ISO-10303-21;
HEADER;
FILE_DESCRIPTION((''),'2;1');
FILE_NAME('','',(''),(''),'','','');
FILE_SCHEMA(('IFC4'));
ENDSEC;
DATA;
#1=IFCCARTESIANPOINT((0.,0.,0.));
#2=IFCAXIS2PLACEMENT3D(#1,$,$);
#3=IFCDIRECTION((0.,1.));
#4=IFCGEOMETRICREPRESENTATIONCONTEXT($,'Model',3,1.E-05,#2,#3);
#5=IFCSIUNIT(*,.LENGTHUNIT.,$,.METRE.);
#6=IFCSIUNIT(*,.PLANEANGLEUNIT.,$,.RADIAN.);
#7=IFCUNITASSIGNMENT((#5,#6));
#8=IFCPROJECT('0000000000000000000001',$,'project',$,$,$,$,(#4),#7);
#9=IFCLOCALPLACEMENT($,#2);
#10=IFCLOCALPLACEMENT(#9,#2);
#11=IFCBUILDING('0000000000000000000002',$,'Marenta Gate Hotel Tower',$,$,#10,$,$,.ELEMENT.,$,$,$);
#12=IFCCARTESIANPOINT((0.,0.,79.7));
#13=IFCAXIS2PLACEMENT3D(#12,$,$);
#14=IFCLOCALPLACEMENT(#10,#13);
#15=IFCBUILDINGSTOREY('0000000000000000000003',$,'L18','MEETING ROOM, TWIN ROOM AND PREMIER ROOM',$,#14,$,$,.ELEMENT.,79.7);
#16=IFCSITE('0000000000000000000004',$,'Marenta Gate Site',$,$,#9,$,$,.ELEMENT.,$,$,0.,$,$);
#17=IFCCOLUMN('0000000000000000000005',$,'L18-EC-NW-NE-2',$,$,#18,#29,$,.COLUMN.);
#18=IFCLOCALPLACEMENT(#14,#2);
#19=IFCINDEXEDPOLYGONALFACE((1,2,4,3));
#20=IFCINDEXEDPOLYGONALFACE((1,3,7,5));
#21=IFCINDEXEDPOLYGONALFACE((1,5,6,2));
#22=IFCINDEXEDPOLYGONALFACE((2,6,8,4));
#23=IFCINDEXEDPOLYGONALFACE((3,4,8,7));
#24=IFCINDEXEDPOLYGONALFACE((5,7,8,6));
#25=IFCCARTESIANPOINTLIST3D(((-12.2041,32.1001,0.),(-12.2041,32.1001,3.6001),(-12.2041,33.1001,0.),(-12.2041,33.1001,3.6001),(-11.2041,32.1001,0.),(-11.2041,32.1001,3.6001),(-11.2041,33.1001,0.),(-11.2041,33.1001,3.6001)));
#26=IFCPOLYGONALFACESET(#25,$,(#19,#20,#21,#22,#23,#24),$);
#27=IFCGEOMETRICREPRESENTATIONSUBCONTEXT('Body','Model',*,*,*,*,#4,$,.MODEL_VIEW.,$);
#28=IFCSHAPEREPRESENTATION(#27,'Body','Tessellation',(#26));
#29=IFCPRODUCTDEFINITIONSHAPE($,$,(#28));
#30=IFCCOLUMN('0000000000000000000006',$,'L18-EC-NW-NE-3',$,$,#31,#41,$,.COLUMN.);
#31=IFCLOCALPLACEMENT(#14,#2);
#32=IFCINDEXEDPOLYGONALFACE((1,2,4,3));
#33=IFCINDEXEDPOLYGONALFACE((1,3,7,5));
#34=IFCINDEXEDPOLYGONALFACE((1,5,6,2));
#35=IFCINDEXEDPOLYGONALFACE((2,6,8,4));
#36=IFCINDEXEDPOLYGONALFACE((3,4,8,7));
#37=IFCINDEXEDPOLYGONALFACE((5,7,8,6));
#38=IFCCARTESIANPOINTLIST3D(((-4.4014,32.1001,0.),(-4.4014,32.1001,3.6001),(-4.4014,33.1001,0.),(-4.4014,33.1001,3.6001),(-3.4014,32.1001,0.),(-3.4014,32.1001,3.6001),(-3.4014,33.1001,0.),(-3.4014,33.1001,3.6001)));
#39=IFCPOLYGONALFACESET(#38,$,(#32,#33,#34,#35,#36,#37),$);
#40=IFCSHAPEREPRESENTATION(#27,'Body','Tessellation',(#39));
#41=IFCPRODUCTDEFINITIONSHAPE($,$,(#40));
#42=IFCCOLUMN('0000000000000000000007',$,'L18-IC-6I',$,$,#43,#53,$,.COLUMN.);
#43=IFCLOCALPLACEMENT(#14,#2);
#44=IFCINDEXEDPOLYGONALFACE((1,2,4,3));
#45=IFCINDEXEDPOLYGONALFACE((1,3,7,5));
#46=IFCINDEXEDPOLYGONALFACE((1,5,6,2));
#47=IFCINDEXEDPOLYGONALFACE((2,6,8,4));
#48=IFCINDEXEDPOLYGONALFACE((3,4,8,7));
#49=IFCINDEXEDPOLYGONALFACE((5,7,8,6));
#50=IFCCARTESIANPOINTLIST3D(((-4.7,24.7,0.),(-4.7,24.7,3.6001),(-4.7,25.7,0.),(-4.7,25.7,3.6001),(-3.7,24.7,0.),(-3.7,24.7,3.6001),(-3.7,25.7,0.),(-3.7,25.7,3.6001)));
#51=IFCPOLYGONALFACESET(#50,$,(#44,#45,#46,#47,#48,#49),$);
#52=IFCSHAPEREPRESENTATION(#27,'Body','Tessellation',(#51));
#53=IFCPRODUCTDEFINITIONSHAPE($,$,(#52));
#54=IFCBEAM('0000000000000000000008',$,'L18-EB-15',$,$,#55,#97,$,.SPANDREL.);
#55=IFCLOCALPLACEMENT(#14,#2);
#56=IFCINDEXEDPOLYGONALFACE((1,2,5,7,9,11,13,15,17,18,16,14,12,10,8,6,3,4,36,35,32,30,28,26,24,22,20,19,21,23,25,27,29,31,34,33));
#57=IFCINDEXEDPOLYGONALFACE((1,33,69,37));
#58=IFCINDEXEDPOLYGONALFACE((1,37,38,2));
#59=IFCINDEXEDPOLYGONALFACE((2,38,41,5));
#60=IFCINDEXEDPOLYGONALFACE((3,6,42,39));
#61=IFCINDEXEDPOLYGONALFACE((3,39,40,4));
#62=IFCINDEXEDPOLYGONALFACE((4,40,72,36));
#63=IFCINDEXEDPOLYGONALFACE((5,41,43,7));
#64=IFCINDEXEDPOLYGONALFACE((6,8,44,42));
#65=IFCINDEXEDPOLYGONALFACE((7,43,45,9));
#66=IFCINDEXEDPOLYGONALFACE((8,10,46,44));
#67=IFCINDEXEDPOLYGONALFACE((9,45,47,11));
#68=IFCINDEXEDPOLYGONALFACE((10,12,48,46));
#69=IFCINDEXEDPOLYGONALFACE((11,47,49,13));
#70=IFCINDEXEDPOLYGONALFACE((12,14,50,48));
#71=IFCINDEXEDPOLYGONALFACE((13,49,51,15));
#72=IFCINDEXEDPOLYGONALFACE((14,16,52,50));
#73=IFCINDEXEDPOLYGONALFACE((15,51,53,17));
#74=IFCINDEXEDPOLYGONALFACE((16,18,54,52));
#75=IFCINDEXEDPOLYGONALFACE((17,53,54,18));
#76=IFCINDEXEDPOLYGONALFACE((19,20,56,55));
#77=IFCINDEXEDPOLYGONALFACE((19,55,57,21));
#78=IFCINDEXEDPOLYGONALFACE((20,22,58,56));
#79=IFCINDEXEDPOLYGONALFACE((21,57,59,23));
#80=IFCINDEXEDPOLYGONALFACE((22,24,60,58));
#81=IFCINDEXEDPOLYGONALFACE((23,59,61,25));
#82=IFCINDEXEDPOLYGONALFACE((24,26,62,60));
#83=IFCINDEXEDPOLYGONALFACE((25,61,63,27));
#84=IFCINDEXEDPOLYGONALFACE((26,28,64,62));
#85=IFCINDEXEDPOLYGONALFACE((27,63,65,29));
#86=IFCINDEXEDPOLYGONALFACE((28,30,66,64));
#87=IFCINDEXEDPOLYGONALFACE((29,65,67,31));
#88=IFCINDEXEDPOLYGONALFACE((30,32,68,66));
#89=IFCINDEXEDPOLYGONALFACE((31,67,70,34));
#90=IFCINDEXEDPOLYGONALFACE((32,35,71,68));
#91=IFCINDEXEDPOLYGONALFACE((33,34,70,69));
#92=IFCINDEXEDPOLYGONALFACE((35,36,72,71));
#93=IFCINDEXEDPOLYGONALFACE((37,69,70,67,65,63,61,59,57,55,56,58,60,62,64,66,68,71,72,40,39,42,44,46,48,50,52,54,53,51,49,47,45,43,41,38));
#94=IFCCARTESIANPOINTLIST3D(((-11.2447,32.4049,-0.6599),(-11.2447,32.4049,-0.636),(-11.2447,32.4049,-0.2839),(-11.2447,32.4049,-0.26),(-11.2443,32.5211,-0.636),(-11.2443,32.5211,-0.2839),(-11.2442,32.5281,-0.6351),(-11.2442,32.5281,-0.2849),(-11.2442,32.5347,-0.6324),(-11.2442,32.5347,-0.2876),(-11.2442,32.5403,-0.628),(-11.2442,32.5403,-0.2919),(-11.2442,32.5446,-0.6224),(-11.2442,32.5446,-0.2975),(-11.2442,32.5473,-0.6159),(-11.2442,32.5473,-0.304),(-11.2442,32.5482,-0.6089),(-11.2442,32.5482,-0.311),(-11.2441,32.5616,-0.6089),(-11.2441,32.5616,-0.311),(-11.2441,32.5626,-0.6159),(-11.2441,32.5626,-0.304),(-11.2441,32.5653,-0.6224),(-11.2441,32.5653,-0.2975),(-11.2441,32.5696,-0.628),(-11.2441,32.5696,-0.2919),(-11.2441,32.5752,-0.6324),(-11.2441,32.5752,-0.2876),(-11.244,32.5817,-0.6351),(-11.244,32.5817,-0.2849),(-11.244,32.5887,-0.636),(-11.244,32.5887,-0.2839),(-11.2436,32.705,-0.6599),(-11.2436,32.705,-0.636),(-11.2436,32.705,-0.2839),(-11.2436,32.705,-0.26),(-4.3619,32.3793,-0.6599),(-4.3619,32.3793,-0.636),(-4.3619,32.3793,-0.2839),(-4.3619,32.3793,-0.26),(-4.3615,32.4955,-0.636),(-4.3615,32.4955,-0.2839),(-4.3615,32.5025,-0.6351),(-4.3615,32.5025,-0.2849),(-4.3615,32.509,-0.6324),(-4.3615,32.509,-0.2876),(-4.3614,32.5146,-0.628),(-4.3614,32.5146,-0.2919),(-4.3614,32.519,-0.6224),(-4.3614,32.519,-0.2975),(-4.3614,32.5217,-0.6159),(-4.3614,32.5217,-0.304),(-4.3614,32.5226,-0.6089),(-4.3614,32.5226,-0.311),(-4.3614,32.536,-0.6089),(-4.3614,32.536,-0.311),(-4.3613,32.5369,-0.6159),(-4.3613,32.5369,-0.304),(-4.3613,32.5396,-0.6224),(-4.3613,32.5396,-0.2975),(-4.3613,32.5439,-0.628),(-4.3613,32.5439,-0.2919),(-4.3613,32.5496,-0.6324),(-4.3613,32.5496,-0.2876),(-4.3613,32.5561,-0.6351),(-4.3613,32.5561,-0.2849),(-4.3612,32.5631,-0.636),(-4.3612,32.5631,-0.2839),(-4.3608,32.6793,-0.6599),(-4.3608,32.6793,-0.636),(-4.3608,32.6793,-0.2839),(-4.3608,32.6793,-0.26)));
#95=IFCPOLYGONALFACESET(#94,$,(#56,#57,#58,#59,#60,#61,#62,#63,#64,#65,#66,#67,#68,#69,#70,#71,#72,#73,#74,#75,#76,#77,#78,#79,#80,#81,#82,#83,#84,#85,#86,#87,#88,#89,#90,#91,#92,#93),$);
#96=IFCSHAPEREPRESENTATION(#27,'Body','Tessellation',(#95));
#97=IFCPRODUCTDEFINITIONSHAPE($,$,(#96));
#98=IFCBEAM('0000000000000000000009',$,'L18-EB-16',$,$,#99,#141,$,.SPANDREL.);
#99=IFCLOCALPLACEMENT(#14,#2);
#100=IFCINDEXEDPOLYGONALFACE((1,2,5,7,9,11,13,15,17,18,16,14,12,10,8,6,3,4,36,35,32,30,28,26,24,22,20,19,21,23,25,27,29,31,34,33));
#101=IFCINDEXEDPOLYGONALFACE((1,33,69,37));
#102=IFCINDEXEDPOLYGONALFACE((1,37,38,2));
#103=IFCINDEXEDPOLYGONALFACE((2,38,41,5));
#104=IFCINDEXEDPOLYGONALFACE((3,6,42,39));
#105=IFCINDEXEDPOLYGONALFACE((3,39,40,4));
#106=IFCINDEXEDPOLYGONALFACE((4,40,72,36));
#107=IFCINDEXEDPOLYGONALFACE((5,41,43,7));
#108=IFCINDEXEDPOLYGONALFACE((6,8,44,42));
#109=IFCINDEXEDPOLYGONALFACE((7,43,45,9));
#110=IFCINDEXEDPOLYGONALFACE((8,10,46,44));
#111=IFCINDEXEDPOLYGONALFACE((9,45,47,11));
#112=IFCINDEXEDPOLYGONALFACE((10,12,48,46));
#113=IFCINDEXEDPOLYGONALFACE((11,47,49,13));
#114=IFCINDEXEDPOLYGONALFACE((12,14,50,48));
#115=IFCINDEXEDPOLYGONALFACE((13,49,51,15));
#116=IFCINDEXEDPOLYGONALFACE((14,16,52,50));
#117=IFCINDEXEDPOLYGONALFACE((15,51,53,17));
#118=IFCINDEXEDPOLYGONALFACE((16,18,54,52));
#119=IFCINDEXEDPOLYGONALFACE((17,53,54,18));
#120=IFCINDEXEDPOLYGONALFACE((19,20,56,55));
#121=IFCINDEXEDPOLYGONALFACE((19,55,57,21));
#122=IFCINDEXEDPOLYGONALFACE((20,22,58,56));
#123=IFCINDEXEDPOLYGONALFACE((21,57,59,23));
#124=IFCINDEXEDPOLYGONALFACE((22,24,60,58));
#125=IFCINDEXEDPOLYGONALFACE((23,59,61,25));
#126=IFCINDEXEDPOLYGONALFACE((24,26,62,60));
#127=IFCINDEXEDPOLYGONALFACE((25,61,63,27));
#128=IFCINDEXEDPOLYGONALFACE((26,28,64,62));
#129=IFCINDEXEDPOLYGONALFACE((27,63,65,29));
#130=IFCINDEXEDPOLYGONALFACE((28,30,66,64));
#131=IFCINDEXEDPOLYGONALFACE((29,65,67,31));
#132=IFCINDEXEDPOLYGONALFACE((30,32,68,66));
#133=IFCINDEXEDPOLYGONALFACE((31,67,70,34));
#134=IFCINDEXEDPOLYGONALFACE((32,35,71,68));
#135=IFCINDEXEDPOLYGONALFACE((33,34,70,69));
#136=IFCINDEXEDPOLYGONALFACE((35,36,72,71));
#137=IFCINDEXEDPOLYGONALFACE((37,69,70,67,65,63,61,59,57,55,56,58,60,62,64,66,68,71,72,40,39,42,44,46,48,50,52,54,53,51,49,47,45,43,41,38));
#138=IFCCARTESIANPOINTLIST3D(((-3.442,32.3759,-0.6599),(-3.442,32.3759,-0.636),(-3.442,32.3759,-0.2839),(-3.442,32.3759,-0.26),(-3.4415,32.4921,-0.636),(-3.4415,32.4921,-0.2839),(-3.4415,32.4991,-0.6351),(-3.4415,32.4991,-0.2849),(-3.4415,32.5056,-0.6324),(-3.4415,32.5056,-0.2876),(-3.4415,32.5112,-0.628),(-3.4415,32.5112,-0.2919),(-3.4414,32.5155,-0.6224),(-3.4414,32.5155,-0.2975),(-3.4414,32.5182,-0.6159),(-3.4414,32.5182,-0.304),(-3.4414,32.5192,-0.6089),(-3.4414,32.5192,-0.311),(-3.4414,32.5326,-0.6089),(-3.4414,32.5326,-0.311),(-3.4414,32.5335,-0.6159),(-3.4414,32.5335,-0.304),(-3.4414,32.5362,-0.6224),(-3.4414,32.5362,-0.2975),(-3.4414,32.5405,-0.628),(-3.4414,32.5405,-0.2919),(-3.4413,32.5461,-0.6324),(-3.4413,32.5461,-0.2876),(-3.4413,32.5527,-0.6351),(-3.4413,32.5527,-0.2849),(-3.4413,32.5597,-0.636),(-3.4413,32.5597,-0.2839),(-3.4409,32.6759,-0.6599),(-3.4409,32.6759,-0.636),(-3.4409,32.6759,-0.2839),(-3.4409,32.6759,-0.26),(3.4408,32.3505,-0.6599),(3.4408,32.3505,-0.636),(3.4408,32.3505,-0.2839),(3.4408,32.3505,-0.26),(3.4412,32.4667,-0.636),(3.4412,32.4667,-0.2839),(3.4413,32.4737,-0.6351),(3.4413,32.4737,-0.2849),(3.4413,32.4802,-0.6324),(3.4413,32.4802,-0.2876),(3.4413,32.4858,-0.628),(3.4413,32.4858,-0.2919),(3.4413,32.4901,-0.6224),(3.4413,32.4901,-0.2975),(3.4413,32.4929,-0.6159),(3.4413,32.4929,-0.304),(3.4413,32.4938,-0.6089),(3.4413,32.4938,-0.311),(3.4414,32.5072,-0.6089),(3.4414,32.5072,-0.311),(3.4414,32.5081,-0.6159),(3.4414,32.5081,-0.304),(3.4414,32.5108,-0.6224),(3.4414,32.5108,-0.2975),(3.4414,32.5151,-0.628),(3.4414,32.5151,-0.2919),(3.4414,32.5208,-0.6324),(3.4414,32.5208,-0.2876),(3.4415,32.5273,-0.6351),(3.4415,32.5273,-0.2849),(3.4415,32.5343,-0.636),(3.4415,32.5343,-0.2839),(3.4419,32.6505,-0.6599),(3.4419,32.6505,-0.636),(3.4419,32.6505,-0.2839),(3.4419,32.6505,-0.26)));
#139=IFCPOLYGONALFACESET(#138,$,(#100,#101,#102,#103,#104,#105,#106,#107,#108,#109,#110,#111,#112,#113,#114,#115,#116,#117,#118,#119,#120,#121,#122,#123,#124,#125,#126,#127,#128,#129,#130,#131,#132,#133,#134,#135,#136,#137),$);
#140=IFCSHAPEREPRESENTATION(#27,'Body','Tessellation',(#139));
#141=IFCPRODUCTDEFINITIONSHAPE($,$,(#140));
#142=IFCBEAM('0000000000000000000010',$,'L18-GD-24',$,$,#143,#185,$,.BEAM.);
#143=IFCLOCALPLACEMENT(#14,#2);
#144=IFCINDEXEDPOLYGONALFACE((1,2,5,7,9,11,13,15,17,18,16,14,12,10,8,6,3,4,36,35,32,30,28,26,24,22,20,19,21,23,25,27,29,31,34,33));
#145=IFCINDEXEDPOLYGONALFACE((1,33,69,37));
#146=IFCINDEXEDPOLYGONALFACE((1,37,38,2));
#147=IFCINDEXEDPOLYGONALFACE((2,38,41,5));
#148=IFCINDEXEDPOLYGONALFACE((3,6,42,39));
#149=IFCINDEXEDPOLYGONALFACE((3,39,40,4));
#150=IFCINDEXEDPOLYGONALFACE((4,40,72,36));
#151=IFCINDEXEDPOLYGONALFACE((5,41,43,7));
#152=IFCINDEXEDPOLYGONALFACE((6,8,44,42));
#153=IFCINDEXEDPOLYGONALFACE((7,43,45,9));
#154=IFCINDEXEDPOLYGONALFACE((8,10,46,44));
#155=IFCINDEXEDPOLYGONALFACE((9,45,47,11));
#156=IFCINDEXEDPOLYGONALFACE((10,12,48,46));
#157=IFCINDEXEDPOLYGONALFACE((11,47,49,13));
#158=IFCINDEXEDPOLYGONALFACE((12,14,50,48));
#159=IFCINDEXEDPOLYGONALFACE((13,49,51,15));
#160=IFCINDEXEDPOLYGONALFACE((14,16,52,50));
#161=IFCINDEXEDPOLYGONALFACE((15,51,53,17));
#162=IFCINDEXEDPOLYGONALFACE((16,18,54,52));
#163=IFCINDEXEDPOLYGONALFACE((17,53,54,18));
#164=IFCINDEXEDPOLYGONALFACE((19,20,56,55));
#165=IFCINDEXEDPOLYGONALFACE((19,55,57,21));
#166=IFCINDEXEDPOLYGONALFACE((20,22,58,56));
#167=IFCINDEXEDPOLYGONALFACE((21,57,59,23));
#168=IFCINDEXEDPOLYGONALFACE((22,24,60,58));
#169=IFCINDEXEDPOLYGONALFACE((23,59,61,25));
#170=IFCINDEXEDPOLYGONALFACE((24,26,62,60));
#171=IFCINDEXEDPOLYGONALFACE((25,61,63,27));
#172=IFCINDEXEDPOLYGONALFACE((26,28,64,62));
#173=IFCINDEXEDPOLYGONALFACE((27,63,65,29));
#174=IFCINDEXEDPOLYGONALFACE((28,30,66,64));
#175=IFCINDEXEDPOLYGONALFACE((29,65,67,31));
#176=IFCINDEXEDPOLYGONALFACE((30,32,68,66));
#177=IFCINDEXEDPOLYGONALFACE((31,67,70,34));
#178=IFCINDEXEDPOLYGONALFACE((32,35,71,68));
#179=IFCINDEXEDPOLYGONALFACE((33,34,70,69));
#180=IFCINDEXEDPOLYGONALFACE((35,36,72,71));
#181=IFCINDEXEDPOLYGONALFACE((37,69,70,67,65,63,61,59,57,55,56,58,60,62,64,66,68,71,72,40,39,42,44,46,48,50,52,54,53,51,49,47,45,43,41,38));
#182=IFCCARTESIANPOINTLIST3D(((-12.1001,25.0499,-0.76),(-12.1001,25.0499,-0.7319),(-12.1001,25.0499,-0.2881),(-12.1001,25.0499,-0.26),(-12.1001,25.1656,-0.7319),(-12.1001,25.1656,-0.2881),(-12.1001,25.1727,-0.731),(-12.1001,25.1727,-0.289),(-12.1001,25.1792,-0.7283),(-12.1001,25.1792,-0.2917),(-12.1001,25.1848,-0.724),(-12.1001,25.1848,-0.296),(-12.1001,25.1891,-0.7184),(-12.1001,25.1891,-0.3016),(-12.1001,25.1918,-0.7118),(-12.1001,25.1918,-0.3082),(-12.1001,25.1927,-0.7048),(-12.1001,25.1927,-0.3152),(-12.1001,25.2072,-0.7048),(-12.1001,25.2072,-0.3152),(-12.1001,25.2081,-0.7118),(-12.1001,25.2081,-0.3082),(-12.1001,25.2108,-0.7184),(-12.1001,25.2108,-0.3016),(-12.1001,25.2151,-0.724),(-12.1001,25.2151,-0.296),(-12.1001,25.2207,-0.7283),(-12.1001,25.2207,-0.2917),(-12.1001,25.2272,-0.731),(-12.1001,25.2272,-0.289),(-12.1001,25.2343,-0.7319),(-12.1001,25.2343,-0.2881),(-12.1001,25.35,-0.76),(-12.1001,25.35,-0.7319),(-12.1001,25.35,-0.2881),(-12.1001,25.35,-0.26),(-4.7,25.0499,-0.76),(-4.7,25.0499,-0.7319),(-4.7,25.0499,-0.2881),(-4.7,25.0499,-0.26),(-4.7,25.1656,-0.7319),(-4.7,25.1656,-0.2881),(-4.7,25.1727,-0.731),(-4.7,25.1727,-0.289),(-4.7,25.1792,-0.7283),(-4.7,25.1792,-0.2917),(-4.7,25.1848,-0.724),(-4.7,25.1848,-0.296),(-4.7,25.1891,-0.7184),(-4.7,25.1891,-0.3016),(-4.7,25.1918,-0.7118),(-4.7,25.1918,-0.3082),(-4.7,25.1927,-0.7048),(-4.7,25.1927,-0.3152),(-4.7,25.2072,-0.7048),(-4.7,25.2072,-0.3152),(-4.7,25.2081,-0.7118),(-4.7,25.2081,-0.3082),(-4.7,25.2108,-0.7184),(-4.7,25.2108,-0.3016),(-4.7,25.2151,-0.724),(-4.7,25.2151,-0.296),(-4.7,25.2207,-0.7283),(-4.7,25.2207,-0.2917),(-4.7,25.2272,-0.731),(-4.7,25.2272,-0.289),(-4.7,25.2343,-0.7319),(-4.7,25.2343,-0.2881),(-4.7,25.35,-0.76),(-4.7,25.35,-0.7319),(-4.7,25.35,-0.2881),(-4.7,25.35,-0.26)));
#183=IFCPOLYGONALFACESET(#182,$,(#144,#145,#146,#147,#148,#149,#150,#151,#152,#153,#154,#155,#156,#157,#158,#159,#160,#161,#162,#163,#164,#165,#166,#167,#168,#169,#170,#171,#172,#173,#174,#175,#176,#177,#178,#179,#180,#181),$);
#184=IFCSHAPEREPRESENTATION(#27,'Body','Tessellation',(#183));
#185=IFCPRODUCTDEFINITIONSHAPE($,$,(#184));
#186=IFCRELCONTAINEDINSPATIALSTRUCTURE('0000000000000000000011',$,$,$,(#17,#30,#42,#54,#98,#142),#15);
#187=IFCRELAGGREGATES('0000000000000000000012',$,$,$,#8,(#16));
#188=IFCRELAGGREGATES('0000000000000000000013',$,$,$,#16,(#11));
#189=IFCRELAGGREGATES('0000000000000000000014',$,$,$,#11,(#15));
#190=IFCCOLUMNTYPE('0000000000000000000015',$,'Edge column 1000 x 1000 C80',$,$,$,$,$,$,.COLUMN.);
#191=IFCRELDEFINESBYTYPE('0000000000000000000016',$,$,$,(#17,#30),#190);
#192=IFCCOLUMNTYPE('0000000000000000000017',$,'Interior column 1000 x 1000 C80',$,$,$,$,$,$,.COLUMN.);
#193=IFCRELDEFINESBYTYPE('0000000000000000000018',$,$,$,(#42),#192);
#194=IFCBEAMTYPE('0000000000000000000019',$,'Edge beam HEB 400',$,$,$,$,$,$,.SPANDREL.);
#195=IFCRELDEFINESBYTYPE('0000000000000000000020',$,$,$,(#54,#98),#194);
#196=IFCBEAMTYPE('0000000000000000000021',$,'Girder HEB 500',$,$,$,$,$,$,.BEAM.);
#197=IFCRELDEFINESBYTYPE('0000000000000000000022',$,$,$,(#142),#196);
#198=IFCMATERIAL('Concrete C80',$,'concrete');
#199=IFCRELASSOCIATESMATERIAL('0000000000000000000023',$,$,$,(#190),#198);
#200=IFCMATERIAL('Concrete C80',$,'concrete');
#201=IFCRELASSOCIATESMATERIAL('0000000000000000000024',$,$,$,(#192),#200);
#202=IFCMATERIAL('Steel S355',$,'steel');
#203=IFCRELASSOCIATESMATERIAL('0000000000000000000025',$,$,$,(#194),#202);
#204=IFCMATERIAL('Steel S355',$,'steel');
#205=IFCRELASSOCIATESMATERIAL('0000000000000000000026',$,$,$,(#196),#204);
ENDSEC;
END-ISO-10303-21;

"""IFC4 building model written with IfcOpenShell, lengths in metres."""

from ifc_helpers import new_model, si_unit, direction, frame, origin, origin_2d, place, context, subcontext, project, spatial, rectangle, i_section, extrude, material, material_profile, profile_set, type_object, element, save


model = new_model("IFC4")

# Units and contexts
model_context = context("Model", 3, precision=1e-05, world=origin(), true_north=direction((0.0, 1.0)))
body_context = subcontext(model_context, "Body", "Model", "MODEL_VIEW")
ifc_project = project(units=[si_unit("LENGTHUNIT", "METRE"), si_unit("PLANEANGLEUNIT", "RADIAN")], contexts=[model_context])

# Site, building, storey
site_placement = place(None, origin())
site = spatial("IfcSite", under=ifc_project, at=site_placement, Name="Marenta Gate Site", CompositionType="ELEMENT", RefElevation=0.0)
building_placement = place(site_placement, origin())
building = spatial("IfcBuilding", under=site, at=building_placement, Name="Marenta Gate Hotel Tower", CompositionType="ELEMENT")
storey_placement = place(building_placement, frame((0.0, 0.0, 79.7)))
storey = spatial("IfcBuildingStorey", under=building, at=storey_placement, Name="L18", Description="MEETING ROOM, TWIN ROOM AND PREMIER ROOM", CompositionType="ELEMENT", Elevation=79.7)

# Columns
ifc_material_1 = material(Name="Concrete C80", Category="concrete")
ifc_material_profile_1 = material_profile(ifc_material_1, rectangle(XDim=1.0, YDim=1.0, at=origin_2d()), Name="1000 x 1000")
ifc_profile_set_1 = profile_set([ifc_material_profile_1], Name="Concrete C80")
column_type_1 = type_object("IfcColumnType", Name="Edge column 1000 x 1000 C80", PredefinedType="COLUMN", material=ifc_profile_set_1)
for number, where, z_axis, x_axis, name in (
    (1, (-11.7041, 32.6001, 0.0), (0.0, 0.0, 1.0), (1.0, 0.0, 0.0), "L18-EC-NW-NE-2"),
    (2, (-3.9014, 32.6001, 0.0), (0.0, 0.0, 1.0), (1.0, 0.0, 0.0), "L18-EC-NW-NE-3"),
):
    element("IfcColumn", number, at=place(storey_placement, frame(where, z_axis=z_axis, x_axis=x_axis)), inside=storey, type_object=column_type_1, Name=name, PredefinedType="COLUMN", context=body_context, shape_type="SweptSolid", body=[
        extrude(rectangle(XDim=1.0, YDim=1.0, at=origin_2d()), origin(), (0.0, 0.0, 1.0), 3.6001),
    ])
ifc_material_2 = material(Name="Concrete C80", Category="concrete")
ifc_material_profile_2 = material_profile(ifc_material_2, rectangle(XDim=1.0, YDim=1.0, at=origin_2d()), Name="1000 x 1000")
ifc_profile_set_2 = profile_set([ifc_material_profile_2], Name="Concrete C80")
column_type_2 = type_object("IfcColumnType", Name="Interior column 1000 x 1000 C80", PredefinedType="COLUMN", material=ifc_profile_set_2)
column_placement = place(storey_placement, frame((-4.2, 25.2, 0.0), z_axis=(0.0, 0.0, 1.0), x_axis=(1.0, 0.0, 0.0)))
element("IfcColumn", 3, at=column_placement, inside=storey, type_object=column_type_2, Name="L18-IC-6I", PredefinedType="COLUMN", context=body_context, shape_type="SweptSolid", body=[
    extrude(rectangle(XDim=1.0, YDim=1.0, at=origin_2d()), origin(), (0.0, 0.0, 1.0), 3.6001),
])

# Beams
ifc_material_3 = material(Name="Steel S355", Category="steel")
ifc_material_profile_3 = material_profile(ifc_material_3, i_section(OverallWidth=0.3, OverallDepth=0.3999, WebThickness=0.0134, FlangeThickness=0.0239, FilletRadius=0.0271, at=origin_2d()), Name="HEB 400")
ifc_profile_set_3 = profile_set([ifc_material_profile_3], Name="Steel S355")
beam_type_1 = type_object("IfcBeamType", Name="Edge beam HEB 400", PredefinedType="SPANDREL", material=ifc_profile_set_3)
for number, where, z_axis, x_axis, name in (
    (4, (-11.2441, 32.5549, -0.46), (0.999993, -0.003724, 0.0), (0.003724, 0.999993, 0.0), "L18-EB-15"),
    (5, (-3.4414, 32.5259, -0.46), (0.999993, -0.003689, 0.0), (0.003689, 0.999993, 0.0), "L18-EB-16"),
):
    element("IfcBeam", number, at=place(storey_placement, frame(where, z_axis=z_axis, x_axis=x_axis)), inside=storey, type_object=beam_type_1, Name=name, PredefinedType="SPANDREL", context=body_context, shape_type="SweptSolid", body=[
        extrude(i_section(OverallWidth=0.3, OverallDepth=0.3999, WebThickness=0.0134, FlangeThickness=0.0239, FilletRadius=0.0271, at=origin_2d()), origin(), (0.0, 0.0, 1.0), 6.8828),
    ])
ifc_material_4 = material(Name="Steel S355", Category="steel")
ifc_material_profile_4 = material_profile(ifc_material_4, i_section(OverallWidth=0.3, OverallDepth=0.5, WebThickness=0.0144, FlangeThickness=0.0281, FilletRadius=0.0271, at=origin_2d()), Name="HEB 500")
ifc_profile_set_4 = profile_set([ifc_material_profile_4], Name="Steel S355")
beam_type_2 = type_object("IfcBeamType", Name="Girder HEB 500", PredefinedType="BEAM", material=ifc_profile_set_4)
beam_1_placement = place(storey_placement, frame((-12.1001, 25.2, -0.51), z_axis=(1.0, 0.0, 0.0), x_axis=(0.0, 1.0, 0.0)))
element("IfcBeam", 6, at=beam_1_placement, inside=storey, type_object=beam_type_2, Name="L18-GD-24", PredefinedType="BEAM", context=body_context, shape_type="SweptSolid", body=[
    extrude(i_section(OverallWidth=0.3, OverallDepth=0.5, WebThickness=0.0144, FlangeThickness=0.0281, FilletRadius=0.0271, at=origin_2d()), origin(), (0.0, 0.0, 1.0), 7.4001),
])

save(model, "model.ifc")
